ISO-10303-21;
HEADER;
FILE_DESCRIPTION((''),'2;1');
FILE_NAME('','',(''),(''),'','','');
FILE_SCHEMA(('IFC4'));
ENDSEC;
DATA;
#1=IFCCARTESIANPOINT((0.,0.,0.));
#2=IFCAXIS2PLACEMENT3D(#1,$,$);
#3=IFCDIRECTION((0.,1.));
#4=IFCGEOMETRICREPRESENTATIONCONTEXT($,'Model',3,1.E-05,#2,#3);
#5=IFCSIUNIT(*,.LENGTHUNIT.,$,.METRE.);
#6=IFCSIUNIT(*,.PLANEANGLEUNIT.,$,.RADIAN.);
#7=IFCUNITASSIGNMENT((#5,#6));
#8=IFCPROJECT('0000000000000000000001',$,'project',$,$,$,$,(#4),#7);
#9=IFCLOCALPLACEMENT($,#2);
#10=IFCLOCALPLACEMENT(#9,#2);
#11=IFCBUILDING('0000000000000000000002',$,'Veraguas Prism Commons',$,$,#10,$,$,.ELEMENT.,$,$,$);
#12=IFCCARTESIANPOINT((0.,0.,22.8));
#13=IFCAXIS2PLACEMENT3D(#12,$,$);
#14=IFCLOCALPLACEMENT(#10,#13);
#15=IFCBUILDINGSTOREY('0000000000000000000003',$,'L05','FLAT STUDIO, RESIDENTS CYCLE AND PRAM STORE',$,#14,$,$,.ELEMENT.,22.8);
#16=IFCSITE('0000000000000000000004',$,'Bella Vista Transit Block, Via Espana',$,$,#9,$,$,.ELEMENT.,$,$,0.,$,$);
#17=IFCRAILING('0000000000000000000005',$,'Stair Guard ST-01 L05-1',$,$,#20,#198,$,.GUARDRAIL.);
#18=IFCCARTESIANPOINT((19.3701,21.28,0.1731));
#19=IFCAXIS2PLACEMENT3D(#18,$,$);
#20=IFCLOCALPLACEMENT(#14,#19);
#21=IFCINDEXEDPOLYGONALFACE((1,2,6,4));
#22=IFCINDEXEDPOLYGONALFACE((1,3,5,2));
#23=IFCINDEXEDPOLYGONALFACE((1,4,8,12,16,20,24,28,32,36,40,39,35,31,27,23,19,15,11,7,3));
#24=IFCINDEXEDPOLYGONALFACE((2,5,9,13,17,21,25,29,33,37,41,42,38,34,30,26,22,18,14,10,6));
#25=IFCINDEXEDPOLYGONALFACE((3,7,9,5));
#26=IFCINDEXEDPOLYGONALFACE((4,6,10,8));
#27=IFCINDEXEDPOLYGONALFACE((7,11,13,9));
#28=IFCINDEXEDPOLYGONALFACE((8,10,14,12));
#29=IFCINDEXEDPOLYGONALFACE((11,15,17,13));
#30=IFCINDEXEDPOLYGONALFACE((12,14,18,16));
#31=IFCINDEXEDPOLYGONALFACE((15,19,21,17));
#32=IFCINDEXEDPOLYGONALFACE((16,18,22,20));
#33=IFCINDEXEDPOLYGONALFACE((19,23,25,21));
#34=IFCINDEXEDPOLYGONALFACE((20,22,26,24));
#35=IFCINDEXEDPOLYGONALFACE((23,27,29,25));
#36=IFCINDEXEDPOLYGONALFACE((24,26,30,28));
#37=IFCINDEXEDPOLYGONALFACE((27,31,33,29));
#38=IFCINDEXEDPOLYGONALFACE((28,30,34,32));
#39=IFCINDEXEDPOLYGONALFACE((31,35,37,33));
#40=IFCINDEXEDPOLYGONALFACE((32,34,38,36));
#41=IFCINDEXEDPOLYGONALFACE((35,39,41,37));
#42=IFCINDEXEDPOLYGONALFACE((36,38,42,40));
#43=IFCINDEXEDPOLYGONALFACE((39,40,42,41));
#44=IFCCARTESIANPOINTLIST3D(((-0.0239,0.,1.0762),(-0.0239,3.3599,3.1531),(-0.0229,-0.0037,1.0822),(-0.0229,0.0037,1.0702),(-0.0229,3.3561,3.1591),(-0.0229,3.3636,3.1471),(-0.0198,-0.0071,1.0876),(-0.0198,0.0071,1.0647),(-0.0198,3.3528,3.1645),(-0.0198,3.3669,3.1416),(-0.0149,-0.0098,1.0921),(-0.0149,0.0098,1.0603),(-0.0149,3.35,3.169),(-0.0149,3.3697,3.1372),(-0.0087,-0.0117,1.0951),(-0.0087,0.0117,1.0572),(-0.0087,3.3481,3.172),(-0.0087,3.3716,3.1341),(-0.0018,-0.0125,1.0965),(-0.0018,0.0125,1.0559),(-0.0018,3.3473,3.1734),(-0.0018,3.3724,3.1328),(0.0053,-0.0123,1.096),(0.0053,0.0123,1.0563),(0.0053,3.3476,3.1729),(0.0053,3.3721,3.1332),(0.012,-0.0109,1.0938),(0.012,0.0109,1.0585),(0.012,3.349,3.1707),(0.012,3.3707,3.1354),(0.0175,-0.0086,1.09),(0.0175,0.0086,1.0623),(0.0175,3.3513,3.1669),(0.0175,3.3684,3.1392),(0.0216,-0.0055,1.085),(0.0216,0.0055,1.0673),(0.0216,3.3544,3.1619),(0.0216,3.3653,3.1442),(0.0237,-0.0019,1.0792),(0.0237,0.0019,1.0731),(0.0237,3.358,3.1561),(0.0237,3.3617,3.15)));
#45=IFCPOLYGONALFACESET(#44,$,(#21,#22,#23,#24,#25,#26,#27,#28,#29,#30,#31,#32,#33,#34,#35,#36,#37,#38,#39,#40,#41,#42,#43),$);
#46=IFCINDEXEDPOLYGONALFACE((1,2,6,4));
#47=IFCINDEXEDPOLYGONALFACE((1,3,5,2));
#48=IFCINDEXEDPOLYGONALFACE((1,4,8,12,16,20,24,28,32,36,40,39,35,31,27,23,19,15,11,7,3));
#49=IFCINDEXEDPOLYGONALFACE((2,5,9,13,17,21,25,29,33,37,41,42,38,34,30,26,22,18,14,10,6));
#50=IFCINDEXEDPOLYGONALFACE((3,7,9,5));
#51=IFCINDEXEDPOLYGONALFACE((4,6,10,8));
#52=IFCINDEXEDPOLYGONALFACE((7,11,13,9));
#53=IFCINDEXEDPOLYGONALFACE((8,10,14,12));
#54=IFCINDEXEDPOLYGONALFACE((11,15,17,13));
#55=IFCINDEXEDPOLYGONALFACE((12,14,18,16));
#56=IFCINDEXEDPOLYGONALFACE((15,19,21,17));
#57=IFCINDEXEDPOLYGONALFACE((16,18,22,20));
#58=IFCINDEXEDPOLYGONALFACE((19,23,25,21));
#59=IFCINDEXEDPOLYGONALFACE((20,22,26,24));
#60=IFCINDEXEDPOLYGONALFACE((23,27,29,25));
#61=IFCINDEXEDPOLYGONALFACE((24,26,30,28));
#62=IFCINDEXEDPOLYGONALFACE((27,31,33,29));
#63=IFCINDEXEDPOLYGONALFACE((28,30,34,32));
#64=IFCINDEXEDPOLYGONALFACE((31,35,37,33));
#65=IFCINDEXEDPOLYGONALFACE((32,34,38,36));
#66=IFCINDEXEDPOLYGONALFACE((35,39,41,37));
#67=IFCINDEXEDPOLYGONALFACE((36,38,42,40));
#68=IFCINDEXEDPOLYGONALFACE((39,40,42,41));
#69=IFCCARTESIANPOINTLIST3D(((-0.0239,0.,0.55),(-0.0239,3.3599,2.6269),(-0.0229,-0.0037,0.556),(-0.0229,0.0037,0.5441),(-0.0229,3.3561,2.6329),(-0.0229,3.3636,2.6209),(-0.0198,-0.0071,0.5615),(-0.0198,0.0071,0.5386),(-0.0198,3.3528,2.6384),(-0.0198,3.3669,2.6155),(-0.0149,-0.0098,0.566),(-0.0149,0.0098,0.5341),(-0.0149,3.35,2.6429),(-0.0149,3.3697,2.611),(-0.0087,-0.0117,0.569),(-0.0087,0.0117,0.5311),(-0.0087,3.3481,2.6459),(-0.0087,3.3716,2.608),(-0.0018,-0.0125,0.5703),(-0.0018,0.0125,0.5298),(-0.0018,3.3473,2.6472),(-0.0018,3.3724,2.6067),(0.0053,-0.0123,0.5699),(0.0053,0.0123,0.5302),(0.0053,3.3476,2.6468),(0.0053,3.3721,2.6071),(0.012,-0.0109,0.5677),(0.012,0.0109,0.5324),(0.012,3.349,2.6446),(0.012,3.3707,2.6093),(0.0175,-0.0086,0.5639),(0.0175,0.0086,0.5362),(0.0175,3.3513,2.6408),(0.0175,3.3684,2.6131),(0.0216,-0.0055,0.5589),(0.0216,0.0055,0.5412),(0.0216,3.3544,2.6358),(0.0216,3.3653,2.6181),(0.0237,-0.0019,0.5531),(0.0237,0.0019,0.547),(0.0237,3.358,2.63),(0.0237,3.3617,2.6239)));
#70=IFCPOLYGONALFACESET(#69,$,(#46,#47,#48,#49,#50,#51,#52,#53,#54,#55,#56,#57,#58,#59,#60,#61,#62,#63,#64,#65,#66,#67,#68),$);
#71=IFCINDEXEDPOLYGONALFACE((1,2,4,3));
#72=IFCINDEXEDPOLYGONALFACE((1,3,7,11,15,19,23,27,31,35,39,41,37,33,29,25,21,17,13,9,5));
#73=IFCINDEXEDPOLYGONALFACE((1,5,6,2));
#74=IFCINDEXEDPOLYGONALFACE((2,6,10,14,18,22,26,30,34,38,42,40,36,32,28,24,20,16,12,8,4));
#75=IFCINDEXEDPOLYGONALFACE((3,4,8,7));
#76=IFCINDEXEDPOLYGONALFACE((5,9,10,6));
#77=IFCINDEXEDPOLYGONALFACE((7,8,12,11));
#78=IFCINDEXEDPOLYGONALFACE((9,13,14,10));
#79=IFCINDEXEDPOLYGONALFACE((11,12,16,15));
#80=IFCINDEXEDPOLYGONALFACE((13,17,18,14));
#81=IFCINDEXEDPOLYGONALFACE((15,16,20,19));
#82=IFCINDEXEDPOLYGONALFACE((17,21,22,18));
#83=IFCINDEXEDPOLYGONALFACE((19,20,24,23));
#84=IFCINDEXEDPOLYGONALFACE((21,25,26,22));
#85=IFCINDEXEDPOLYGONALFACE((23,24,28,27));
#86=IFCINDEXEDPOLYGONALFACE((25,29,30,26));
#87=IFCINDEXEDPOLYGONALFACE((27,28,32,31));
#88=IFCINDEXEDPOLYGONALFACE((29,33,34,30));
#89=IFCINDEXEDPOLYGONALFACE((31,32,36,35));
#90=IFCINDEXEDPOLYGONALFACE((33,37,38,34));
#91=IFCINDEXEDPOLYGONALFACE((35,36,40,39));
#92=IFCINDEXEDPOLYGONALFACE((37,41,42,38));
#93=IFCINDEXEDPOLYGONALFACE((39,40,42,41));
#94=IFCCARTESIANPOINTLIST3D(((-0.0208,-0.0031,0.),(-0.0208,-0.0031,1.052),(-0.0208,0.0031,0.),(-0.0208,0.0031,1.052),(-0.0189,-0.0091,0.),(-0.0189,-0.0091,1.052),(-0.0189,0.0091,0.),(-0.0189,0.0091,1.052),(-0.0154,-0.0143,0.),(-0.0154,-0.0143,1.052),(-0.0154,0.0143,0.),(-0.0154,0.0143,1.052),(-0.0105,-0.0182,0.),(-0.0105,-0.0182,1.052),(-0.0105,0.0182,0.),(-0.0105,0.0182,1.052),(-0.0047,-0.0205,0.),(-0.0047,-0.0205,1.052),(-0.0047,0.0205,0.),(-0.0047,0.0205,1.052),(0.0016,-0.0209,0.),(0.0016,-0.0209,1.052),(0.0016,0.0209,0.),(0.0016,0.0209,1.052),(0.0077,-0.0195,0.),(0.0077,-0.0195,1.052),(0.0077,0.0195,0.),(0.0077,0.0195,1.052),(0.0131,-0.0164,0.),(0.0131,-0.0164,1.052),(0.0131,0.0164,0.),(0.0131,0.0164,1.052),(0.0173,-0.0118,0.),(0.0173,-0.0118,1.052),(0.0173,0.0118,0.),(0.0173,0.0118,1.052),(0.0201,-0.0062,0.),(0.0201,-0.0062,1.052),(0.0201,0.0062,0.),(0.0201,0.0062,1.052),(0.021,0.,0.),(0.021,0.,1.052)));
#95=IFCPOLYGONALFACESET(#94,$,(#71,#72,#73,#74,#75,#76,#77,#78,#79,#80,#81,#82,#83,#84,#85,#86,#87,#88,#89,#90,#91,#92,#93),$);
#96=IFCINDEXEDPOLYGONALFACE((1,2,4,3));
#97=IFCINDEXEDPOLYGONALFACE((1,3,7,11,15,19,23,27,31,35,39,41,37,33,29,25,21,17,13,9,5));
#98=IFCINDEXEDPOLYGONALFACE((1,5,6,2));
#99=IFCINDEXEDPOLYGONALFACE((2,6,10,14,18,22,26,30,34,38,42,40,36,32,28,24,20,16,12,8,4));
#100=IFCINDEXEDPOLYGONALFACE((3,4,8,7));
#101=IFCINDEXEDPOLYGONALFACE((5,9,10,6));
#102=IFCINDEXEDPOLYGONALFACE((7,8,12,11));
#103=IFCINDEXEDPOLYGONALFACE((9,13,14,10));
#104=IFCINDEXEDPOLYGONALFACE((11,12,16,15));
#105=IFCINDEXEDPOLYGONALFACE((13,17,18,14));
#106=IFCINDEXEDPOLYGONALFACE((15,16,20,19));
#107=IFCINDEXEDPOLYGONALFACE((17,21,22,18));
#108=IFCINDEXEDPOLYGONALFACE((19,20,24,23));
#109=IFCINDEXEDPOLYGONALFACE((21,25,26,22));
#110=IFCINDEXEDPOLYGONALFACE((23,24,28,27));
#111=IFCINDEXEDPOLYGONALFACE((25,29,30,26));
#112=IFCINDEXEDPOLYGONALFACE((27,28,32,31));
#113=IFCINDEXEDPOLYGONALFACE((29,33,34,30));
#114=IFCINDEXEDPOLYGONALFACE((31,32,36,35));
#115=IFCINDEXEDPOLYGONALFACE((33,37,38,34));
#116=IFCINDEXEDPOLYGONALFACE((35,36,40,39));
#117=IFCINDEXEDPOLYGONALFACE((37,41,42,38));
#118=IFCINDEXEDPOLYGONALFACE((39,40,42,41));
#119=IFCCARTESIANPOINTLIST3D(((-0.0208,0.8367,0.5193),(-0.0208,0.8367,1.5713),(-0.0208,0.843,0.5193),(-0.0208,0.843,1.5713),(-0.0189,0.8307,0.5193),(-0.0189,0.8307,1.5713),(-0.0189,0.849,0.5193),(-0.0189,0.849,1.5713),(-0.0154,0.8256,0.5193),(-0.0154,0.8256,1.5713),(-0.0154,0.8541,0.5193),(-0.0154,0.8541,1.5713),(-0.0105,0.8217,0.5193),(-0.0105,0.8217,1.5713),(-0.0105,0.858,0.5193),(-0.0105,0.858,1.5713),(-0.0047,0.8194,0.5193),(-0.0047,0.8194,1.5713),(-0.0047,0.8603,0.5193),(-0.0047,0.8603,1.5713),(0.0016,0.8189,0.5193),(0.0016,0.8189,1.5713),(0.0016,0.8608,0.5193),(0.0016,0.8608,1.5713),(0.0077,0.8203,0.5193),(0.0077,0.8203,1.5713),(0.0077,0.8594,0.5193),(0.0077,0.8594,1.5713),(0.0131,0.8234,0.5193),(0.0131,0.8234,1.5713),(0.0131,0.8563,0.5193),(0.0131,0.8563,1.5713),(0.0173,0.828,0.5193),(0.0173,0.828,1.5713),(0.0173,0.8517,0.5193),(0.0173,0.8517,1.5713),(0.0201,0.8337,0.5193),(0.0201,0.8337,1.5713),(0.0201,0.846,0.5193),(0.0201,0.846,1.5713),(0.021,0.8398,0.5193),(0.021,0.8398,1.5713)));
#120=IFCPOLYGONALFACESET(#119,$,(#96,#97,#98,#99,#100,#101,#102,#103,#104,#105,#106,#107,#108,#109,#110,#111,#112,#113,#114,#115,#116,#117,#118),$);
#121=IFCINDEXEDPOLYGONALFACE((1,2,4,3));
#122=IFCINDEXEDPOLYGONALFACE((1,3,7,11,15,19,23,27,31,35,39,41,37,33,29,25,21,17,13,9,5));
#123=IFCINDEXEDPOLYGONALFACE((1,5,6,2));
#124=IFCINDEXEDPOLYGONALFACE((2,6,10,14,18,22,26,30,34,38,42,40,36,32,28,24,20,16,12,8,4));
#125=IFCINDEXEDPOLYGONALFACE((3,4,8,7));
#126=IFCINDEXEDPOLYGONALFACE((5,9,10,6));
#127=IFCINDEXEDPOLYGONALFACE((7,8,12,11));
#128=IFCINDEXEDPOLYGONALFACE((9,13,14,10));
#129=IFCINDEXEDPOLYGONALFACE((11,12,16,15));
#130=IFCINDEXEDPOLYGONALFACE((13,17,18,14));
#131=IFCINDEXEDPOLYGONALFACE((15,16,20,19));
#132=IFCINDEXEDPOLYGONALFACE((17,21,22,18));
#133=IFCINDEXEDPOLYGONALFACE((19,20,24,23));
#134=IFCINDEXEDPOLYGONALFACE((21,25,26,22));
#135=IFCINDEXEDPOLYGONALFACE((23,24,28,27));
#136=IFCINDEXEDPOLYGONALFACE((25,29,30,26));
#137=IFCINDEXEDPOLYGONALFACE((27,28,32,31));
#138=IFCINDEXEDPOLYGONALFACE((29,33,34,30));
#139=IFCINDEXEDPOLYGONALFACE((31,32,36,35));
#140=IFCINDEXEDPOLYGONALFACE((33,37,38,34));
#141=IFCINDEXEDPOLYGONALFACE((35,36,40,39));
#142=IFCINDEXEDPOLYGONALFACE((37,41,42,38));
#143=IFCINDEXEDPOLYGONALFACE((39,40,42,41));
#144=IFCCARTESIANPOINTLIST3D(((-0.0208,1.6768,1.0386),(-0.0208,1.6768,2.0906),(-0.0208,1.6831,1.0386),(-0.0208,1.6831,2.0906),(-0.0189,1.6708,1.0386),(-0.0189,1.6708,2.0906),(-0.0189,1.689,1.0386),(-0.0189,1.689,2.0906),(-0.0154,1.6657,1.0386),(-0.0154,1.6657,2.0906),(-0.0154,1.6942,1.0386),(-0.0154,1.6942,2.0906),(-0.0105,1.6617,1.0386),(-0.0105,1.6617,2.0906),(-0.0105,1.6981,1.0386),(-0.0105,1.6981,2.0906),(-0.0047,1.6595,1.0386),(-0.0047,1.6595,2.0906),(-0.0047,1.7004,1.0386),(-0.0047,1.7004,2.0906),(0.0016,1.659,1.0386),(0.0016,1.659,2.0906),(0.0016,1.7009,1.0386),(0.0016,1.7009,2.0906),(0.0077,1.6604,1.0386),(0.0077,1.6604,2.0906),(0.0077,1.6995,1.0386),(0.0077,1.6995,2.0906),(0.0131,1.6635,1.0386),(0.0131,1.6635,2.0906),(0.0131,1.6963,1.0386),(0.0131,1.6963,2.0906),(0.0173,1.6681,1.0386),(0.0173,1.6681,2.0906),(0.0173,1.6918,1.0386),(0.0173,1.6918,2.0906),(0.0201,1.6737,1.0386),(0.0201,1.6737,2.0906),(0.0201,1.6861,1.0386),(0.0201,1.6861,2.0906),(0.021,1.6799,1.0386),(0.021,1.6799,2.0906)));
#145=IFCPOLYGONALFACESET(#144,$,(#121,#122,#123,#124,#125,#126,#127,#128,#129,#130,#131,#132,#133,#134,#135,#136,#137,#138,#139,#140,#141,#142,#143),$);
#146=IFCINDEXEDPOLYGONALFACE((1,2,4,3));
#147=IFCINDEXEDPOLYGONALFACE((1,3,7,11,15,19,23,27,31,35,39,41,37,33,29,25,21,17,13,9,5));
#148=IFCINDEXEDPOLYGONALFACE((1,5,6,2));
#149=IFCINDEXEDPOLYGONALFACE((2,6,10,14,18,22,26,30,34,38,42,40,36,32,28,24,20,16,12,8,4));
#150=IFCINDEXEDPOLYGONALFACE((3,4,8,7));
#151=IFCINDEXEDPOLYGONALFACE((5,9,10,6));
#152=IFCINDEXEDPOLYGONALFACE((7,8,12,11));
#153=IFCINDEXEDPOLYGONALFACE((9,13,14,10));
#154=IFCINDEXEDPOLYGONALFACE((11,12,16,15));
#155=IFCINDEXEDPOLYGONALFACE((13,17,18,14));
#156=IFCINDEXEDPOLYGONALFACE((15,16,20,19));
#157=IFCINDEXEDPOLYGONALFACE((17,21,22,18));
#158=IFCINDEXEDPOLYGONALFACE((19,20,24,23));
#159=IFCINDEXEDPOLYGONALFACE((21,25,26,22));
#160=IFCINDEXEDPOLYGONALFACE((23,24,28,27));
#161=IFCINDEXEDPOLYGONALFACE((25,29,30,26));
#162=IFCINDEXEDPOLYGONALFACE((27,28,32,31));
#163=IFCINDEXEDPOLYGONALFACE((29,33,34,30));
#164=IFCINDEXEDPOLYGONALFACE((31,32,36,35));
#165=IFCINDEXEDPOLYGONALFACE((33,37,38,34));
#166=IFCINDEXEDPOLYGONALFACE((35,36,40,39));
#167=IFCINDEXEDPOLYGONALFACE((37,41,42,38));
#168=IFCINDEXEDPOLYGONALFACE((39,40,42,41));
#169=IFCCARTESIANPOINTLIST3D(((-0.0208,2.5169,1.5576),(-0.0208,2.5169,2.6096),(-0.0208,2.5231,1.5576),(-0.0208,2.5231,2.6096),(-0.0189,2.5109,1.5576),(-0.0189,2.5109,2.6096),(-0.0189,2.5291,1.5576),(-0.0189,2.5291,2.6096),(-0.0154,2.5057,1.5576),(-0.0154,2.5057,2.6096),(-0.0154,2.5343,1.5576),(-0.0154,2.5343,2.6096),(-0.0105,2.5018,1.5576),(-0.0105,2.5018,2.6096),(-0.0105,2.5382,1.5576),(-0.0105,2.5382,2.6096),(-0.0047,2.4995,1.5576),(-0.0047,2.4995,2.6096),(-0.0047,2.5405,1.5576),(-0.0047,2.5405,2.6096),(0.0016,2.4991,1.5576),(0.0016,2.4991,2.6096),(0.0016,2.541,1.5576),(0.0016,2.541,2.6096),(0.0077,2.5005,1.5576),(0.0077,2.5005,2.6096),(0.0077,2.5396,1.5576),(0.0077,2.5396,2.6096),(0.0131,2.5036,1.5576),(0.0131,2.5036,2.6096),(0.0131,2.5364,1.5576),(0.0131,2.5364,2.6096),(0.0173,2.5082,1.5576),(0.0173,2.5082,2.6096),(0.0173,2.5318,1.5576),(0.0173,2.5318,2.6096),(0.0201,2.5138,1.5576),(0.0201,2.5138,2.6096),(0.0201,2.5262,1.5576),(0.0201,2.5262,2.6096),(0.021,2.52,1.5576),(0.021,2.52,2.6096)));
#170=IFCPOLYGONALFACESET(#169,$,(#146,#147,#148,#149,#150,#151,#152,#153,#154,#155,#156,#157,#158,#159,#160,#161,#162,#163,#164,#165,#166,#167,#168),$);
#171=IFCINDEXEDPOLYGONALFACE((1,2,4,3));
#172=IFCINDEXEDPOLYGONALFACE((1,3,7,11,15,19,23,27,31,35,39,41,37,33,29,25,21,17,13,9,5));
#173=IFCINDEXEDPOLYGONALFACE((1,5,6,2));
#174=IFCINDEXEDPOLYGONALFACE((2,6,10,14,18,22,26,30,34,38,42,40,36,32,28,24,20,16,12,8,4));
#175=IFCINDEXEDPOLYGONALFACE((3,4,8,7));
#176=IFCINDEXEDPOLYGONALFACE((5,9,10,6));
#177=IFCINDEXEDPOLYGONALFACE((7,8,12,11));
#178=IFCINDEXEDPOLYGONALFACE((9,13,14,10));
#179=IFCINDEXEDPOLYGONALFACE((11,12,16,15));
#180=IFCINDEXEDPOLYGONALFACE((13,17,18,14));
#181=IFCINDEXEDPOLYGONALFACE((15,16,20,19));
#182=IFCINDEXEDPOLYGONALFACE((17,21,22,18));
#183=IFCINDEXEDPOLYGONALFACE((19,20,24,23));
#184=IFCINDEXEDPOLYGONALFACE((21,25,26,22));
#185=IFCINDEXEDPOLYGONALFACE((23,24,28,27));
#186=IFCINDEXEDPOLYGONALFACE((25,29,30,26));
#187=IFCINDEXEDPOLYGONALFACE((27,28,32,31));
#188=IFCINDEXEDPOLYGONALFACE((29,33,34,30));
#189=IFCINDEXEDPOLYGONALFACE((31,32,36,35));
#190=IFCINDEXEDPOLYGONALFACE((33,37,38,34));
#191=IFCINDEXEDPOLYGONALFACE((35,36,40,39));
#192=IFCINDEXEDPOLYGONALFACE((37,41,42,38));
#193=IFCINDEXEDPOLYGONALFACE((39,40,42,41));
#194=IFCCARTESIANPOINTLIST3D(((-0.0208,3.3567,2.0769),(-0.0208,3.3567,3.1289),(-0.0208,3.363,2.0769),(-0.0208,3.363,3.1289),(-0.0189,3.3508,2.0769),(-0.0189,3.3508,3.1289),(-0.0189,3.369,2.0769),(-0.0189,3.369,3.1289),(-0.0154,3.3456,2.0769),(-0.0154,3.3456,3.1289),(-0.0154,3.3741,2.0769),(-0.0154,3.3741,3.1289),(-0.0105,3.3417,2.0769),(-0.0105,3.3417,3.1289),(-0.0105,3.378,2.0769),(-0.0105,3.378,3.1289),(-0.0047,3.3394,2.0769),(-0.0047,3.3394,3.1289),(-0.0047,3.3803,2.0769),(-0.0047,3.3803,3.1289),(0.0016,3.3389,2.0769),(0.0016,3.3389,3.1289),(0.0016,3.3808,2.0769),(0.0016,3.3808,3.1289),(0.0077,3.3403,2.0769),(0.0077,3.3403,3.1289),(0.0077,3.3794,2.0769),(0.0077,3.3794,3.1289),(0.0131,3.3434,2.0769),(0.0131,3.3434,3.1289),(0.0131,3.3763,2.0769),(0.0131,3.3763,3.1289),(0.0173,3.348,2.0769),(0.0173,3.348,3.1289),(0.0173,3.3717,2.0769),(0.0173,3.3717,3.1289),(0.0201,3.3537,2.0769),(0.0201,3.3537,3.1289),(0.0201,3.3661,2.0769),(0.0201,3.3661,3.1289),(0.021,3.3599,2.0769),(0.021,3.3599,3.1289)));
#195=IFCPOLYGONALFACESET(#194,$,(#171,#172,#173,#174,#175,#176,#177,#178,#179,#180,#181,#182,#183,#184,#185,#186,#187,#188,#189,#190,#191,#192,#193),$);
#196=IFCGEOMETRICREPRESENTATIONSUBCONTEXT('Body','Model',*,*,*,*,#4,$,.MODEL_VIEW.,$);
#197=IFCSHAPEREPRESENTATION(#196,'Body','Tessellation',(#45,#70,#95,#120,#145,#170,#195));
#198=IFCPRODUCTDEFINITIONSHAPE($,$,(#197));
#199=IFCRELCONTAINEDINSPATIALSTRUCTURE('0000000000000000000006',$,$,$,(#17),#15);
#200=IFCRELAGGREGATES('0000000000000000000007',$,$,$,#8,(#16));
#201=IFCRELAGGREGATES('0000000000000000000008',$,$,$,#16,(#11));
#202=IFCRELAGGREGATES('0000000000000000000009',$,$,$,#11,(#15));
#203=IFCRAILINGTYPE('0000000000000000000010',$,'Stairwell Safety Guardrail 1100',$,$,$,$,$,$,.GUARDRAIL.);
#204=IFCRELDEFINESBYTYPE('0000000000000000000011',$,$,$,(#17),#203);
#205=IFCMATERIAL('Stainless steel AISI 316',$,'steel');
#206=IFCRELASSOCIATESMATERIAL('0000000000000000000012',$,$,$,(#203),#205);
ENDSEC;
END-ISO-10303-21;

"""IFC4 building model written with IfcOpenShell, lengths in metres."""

from ifc_helpers import new_model, si_unit, direction, frame, origin, origin_2d, place, context, subcontext, project, spatial, circle, extrude, material, type_object, element, save


model = new_model("IFC4")

# Units and contexts
model_context = context("Model", 3, precision=1e-05, world=origin(), true_north=direction((0.0, 1.0)))
body_context = subcontext(model_context, "Body", "Model", "MODEL_VIEW")
ifc_project = project(units=[si_unit("LENGTHUNIT", "METRE"), si_unit("PLANEANGLEUNIT", "RADIAN")], contexts=[model_context])

# Site, building, storey
site_placement = place(None, origin())
site = spatial("IfcSite", under=ifc_project, at=site_placement, Name="Bella Vista Transit Block, Via Espana", CompositionType="ELEMENT", RefElevation=0.0)
building_placement = place(site_placement, origin())
building = spatial("IfcBuilding", under=site, at=building_placement, Name="Veraguas Prism Commons", CompositionType="ELEMENT")
storey_placement = place(building_placement, frame((0.0, 0.0, 22.8)))
storey = spatial("IfcBuildingStorey", under=building, at=storey_placement, Name="L05", Description="FLAT STUDIO, RESIDENTS CYCLE AND PRAM STORE", CompositionType="ELEMENT", Elevation=22.8)

# Railing
ifc_material_1 = material(Name="Stainless steel AISI 316", Category="steel")
railing_type_1 = type_object("IfcRailingType", Name="Stairwell Safety Guardrail 1100", PredefinedType="GUARDRAIL", material=ifc_material_1)
railing_1_placement = place(storey_placement, frame((19.3701, 21.28, 0.1731)))
element("IfcRailing", 1, at=railing_1_placement, inside=storey, type_object=railing_type_1, Name="Stair Guard ST-01 L05-1", PredefinedType="GUARDRAIL", context=body_context, shape_type="SweptSolid", body=[
    extrude(circle(Radius=0.0239, at=origin_2d()), frame((0.0, 0.0, 1.0762), z_axis=(0.0, 0.850606, 0.525803), x_axis=(-1.0, 0.0, 0.0)), (0.0, 0.0, 1.0), 3.95),
    extrude(circle(Radius=0.0239, at=origin_2d()), frame((0.0, 0.0, 0.55), z_axis=(0.0, 0.850606, 0.525803), x_axis=(-1.0, 0.0, 0.0)), (0.0, 0.0, 1.0), 3.95),
    extrude(circle(Radius=0.021, at=origin_2d()), origin(), (0.0, 0.0, 1.0), 1.052),
    extrude(circle(Radius=0.021, at=origin_2d()), frame((0.0, 0.8398, 0.5193)), (0.0, 0.0, 1.0), 1.052),
    extrude(circle(Radius=0.021, at=origin_2d()), frame((0.0, 1.6799, 1.0386)), (0.0, 0.0, 1.0), 1.052),
    extrude(circle(Radius=0.021, at=origin_2d()), frame((0.0, 2.52, 1.5576)), (0.0, 0.0, 1.0), 1.052),
    extrude(circle(Radius=0.021, at=origin_2d()), frame((0.0, 3.3599, 2.0769)), (0.0, 0.0, 1.0), 1.052),
])

save(model, "model.ifc")
